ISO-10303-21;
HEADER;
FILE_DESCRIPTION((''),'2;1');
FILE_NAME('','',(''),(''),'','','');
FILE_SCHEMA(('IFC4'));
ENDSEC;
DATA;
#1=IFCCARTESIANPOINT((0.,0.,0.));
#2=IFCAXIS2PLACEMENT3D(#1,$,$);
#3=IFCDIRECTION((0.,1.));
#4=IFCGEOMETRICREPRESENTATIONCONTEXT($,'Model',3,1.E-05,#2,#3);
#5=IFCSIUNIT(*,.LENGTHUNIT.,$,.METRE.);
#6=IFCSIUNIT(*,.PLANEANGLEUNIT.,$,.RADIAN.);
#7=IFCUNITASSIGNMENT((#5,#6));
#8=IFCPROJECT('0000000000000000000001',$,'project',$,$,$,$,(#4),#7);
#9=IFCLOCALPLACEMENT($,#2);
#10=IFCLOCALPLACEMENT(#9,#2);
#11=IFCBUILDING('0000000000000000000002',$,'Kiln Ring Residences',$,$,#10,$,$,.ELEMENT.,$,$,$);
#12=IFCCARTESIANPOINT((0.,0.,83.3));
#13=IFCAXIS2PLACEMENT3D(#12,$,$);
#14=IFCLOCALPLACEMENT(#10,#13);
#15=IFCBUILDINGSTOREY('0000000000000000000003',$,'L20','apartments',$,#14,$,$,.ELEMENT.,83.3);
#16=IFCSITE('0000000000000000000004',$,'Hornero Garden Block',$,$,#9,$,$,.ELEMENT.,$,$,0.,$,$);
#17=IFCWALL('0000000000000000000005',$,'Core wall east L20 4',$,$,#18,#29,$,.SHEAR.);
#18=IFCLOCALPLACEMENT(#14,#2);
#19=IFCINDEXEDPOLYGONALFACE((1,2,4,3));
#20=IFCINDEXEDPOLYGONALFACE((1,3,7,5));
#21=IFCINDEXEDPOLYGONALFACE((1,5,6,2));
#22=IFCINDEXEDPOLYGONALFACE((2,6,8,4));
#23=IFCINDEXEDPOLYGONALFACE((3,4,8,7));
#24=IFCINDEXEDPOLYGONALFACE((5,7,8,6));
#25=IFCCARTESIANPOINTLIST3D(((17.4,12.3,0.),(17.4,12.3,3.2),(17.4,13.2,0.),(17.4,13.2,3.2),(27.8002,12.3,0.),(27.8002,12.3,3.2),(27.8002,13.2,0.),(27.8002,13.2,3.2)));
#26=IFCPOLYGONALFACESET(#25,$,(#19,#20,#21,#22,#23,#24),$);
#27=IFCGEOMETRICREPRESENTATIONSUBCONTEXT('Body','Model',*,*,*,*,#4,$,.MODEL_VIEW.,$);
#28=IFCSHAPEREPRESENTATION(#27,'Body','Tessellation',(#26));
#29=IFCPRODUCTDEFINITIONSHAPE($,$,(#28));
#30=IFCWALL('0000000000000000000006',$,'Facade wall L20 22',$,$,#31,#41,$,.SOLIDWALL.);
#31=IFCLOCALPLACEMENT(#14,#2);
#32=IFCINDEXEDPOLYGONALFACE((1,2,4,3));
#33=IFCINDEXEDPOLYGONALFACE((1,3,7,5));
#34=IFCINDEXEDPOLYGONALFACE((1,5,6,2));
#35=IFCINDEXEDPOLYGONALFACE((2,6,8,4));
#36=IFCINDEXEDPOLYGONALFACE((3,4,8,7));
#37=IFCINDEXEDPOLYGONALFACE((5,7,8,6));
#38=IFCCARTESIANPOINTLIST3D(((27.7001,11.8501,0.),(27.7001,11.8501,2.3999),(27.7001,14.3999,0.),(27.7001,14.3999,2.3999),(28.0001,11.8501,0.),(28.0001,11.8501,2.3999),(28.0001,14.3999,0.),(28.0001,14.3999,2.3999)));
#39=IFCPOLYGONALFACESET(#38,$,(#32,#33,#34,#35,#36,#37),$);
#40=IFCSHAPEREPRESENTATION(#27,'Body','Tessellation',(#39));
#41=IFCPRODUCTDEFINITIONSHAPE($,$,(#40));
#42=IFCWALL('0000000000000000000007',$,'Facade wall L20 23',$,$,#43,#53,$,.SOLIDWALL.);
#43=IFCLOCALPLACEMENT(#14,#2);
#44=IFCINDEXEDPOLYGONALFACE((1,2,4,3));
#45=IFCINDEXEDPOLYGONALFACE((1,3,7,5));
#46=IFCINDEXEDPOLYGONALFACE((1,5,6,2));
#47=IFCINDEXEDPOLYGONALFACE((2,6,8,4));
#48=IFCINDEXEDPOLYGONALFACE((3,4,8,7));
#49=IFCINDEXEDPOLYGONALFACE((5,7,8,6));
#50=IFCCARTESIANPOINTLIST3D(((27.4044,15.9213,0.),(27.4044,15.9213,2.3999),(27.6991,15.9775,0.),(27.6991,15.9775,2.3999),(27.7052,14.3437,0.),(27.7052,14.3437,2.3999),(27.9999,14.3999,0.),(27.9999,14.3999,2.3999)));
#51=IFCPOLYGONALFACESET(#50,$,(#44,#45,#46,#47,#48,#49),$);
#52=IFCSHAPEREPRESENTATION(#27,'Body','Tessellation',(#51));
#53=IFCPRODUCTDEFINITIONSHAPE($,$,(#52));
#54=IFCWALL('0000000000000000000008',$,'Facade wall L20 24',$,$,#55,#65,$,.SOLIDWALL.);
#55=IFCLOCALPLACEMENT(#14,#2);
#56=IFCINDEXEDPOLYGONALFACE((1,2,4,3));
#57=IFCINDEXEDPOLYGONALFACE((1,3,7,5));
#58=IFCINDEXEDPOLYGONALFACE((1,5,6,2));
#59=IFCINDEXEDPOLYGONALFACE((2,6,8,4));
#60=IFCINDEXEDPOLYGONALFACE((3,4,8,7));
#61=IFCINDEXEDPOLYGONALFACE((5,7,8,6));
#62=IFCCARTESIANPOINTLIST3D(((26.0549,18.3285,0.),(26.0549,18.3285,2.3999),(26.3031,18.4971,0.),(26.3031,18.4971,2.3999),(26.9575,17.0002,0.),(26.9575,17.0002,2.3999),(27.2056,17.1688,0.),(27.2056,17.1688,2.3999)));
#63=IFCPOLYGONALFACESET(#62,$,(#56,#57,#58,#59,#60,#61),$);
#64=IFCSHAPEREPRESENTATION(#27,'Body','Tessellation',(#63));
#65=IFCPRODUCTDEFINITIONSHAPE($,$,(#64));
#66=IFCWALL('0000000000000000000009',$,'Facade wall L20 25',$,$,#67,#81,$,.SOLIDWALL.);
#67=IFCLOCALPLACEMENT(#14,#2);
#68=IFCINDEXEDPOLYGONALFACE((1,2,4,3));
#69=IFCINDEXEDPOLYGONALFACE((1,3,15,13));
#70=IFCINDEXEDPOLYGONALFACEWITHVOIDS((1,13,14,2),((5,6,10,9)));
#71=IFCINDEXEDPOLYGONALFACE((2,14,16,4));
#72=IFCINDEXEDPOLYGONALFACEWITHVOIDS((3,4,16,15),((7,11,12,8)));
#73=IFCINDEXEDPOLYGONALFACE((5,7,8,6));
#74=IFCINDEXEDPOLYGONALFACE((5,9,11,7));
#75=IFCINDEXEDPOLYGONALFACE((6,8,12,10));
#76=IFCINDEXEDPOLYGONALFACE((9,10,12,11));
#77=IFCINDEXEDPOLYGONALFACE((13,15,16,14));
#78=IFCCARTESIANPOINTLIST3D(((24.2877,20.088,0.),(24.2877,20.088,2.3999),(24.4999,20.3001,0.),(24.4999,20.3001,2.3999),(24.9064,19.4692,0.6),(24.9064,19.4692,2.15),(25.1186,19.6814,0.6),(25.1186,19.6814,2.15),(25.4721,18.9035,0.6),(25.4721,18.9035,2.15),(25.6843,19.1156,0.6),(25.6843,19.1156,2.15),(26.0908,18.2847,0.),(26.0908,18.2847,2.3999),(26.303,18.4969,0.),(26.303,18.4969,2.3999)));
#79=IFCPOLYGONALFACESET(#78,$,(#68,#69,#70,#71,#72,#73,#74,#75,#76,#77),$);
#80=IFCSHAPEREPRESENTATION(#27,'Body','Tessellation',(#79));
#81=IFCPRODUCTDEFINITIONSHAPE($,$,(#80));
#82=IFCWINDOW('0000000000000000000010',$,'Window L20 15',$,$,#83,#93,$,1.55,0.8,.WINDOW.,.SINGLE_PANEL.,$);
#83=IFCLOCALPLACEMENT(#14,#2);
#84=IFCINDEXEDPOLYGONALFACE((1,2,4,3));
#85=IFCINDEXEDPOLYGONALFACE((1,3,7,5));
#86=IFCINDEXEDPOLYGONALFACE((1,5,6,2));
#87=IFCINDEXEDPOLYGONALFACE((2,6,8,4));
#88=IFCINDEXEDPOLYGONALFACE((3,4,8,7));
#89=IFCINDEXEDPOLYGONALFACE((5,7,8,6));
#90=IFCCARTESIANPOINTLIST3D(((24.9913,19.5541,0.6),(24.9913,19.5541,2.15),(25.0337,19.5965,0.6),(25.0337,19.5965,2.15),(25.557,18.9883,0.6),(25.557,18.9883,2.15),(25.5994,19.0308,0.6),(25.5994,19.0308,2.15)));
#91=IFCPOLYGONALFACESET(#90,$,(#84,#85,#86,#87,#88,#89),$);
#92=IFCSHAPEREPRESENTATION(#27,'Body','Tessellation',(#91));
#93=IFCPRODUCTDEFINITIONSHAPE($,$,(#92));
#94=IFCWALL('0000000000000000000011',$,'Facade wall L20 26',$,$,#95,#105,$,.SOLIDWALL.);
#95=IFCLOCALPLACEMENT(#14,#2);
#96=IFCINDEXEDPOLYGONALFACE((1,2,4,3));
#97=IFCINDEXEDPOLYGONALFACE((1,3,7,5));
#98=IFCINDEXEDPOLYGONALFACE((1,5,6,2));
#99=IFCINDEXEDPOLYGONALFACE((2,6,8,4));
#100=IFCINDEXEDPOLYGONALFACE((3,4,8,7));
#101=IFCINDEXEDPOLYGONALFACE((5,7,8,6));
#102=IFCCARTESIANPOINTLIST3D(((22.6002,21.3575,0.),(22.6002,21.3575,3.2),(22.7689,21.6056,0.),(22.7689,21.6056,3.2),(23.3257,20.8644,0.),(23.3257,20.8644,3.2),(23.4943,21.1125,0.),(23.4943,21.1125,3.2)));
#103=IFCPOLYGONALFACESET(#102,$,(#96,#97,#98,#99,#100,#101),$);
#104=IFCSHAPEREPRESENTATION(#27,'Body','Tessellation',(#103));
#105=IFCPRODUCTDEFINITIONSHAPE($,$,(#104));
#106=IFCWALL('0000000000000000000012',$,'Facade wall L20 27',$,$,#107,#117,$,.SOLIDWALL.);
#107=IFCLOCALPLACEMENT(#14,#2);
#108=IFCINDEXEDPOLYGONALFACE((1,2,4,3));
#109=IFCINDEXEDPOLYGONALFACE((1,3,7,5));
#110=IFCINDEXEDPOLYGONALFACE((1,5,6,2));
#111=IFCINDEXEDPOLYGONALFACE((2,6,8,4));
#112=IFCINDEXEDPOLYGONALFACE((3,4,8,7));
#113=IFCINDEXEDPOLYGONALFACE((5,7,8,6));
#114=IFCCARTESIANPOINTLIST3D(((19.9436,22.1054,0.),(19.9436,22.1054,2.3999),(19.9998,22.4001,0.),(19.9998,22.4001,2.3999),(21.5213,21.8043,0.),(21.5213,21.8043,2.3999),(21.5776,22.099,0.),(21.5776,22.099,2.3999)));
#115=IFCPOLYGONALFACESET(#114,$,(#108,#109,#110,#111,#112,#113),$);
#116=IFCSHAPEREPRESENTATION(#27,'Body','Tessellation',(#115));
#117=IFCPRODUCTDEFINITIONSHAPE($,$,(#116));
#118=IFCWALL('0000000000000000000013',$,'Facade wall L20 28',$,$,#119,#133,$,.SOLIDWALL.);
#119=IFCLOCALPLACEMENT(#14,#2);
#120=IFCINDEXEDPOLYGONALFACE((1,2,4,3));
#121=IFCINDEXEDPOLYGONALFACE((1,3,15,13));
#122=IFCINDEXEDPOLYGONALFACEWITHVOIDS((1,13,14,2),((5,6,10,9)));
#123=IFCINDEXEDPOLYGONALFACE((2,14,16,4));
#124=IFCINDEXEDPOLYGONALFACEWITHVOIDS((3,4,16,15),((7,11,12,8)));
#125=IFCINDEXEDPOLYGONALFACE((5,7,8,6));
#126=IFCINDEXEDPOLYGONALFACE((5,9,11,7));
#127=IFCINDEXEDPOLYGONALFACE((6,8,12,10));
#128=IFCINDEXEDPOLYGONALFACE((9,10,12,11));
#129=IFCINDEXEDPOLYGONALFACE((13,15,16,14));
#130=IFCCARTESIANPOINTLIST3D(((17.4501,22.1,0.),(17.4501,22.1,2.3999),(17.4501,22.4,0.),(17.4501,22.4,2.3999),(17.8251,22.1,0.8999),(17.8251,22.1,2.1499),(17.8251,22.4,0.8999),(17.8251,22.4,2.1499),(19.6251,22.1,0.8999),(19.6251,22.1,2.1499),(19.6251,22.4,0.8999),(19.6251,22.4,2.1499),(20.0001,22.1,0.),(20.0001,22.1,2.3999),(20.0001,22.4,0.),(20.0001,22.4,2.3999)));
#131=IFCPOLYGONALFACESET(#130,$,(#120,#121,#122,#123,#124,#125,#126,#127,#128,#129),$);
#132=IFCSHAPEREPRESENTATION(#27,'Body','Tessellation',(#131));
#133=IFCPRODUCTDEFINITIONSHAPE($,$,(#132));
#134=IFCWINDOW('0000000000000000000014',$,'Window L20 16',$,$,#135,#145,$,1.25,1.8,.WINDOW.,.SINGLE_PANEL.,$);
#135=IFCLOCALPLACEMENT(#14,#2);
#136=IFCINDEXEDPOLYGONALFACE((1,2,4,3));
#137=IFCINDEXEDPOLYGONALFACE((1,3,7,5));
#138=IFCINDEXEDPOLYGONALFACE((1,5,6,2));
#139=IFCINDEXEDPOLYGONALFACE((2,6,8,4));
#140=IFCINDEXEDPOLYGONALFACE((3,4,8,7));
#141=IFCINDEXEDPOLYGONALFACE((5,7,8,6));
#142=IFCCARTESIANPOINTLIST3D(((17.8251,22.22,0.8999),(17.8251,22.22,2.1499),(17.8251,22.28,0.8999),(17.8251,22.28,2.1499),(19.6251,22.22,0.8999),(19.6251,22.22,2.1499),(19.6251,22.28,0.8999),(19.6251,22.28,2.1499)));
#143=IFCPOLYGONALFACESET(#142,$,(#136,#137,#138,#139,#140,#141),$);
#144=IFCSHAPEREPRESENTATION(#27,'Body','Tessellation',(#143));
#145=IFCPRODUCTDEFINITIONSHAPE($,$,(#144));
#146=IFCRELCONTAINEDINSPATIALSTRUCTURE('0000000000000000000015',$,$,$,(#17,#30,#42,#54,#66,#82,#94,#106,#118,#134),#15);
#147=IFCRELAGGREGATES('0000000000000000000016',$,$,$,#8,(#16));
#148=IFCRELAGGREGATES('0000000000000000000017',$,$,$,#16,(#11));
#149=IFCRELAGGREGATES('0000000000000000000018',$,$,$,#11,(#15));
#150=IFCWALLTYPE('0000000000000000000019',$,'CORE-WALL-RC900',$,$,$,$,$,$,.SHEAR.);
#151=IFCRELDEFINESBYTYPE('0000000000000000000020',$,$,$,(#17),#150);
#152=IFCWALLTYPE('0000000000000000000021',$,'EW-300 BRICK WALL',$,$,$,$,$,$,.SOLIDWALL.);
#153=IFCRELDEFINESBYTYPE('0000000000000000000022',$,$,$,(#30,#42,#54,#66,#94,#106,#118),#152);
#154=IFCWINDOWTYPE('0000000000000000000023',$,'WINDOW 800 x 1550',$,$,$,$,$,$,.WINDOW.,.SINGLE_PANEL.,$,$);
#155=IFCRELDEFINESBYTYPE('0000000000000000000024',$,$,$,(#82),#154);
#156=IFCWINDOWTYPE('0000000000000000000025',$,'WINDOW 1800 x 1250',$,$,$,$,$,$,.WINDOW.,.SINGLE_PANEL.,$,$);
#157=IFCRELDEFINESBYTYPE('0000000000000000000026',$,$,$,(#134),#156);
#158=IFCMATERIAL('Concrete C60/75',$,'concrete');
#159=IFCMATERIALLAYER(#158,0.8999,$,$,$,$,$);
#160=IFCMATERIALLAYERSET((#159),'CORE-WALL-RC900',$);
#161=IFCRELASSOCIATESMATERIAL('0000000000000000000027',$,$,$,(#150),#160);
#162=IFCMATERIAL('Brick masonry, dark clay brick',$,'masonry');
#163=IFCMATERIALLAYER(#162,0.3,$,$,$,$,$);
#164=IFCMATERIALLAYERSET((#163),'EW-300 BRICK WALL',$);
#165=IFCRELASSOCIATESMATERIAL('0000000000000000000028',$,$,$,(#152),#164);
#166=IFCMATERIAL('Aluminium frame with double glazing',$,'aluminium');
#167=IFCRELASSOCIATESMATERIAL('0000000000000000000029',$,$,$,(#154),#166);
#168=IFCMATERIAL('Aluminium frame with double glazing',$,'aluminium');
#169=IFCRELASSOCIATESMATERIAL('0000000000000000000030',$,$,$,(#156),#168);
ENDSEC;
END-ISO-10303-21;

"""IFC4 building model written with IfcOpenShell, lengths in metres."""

from ifc_helpers import new_model, si_unit, direction, frame, frame_2d, origin, place, context, subcontext, project, spatial, rectangle, extrude, material, layer, layer_set, type_object, element, fill, save


model = new_model("IFC4")

# Units and contexts
model_context = context("Model", 3, precision=1e-05, world=origin(), true_north=direction((0.0, 1.0)))
body_context = subcontext(model_context, "Body", "Model", "MODEL_VIEW")
ifc_project = project(units=[si_unit("LENGTHUNIT", "METRE"), si_unit("PLANEANGLEUNIT", "RADIAN")], contexts=[model_context])

# Site, building, storey
site_placement = place(None, origin())
site = spatial("IfcSite", under=ifc_project, at=site_placement, Name="Hornero Garden Block", CompositionType="ELEMENT", RefElevation=0.0)
building_placement = place(site_placement, origin())
building = spatial("IfcBuilding", under=site, at=building_placement, Name="Kiln Ring Residences", CompositionType="ELEMENT")
storey_placement = place(building_placement, frame((0.0, 0.0, 83.3)))
storey = spatial("IfcBuildingStorey", under=building, at=storey_placement, Name="L20", Description="apartments", CompositionType="ELEMENT", Elevation=83.3)

# Walls
ifc_material_1 = material(Name="Concrete C60/75", Category="concrete")
ifc_layer_1 = layer(ifc_material_1, 0.8999)
ifc_layer_set_1 = layer_set([ifc_layer_1], Name="CORE-WALL-RC900")
wall_type_1 = type_object("IfcWallType", Name="CORE-WALL-RC900", PredefinedType="SHEAR", material=ifc_layer_set_1)
wall_1_placement = place(storey_placement, frame((17.3999, 12.75, 0.0), z_axis=(0.0, 0.0, 1.0), x_axis=(1.0, 0.0, 0.0)))
element("IfcWall", 1, at=wall_1_placement, inside=storey, type_object=wall_type_1, Name="Core wall east L20 4", PredefinedType="SHEAR", context=body_context, shape_type="SweptSolid", body=[
    extrude(rectangle(XDim=10.4001, YDim=0.8999, at=frame_2d((5.2002, 0.0))), origin(), (0.0, 0.0, 1.0), 3.2),
])
ifc_material_2 = material(Name="Brick masonry, dark clay brick", Category="masonry")
ifc_layer_2 = layer(ifc_material_2, 0.3)
ifc_layer_set_2 = layer_set([ifc_layer_2], Name="EW-300 BRICK WALL")
wall_type_2 = type_object("IfcWallType", Name="EW-300 BRICK WALL", PredefinedType="SOLIDWALL", material=ifc_layer_set_2)
wall_2_placement = place(storey_placement, frame((27.8501, 11.8501, 0.0), z_axis=(0.0, 0.0, 1.0), x_axis=(0.0, 1.0, 0.0)))
element("IfcWall", 2, at=wall_2_placement, inside=storey, type_object=wall_type_2, Name="Facade wall L20 22", PredefinedType="SOLIDWALL", context=body_context, shape_type="SweptSolid", body=[
    extrude(rectangle(XDim=2.5498, YDim=0.3, at=frame_2d((1.2749, 0.0))), origin(), (0.0, 0.0, 1.0), 2.3999),
])
for number, where, z_axis, x_axis, name in (
    (3, (27.8525, 14.3718, 0.0), (0.0, 0.0, 1.0), (-0.18728, 0.982307, 0.0), "Facade wall L20 23"),
    (4, (27.0815, 17.0845, 0.0), (0.0, 0.0, 1.0), (-0.562011, 0.82713, 0.0), "Facade wall L20 24"),
):
    element("IfcWall", number, at=place(storey_placement, frame(where, z_axis=z_axis, x_axis=x_axis)), inside=storey, type_object=wall_type_2, Name=name, PredefinedType="SOLIDWALL", context=body_context, shape_type="SweptSolid", body=[
        extrude(rectangle(XDim=1.606, YDim=0.3, at=frame_2d((0.803, 0.0))), origin(), (0.0, 0.0, 1.0), 2.3999),
    ])

# Wall, opening, window
wall_3_placement = place(storey_placement, frame((26.1968, 18.3909, 0.0), z_axis=(0.0, 0.0, 1.0), x_axis=(-0.707059, 0.707155, 0.0)))
wall_3 = element("IfcWall", 5, at=wall_3_placement, inside=storey, type_object=wall_type_2, Name="Facade wall L20 25", PredefinedType="SOLIDWALL", context=body_context, shape_type="SweptSolid", body=[
    extrude(rectangle(XDim=2.55, YDim=0.3, at=frame_2d((1.2749, 0.0))), origin(), (0.0, 0.0, 1.0), 2.3999),
])
opening_1_placement = place(wall_3_placement, frame((0.875, 0.0, 0.6001)))
opening_1 = element("IfcOpeningElement", 6, at=opening_1_placement, cuts=wall_3, PredefinedType="OPENING", context=body_context, shape_type="SweptSolid", body=[
    extrude(rectangle(XDim=0.8, YDim=1.55, at=frame_2d((0.3999, 0.7749))), frame((0.0, 0.1599, 0.0), z_axis=(0.0, -1.0, 0.0), x_axis=(1.0, 0.0, 0.0)), (0.0, 0.0, 1.0), 0.3201),
])
ifc_material_3 = material(Name="Aluminium frame with double glazing", Category="aluminium")
window_type_1 = type_object("IfcWindowType", Name="WINDOW 800 x 1550", PartitioningType="SINGLE_PANEL", PredefinedType="WINDOW", material=ifc_material_3)
window_1_placement = place(opening_1_placement, origin())
window_1 = element("IfcWindow", 7, at=window_1_placement, inside=storey, type_object=window_type_1, Name="Window L20 15", OverallHeight=1.55, OverallWidth=0.8, PartitioningType="SINGLE_PANEL", PredefinedType="WINDOW", context=body_context, shape_type="SweptSolid", body=[
    extrude(rectangle(XDim=0.8, YDim=1.55, at=frame_2d((0.3999, 0.7749))), frame((0.0, 0.03, 0.0), z_axis=(0.0, -1.0, 0.0), x_axis=(1.0, 0.0, 0.0)), (0.0, 0.0, 1.0), 0.0601),
])
fill(opening_1, window_1)

# Walls
wall_4_placement = place(storey_placement, frame((23.4099, 20.9885, 0.0), z_axis=(0.0, 0.0, 1.0), x_axis=(-0.827051, 0.562127, 0.0)))
element("IfcWall", 8, at=wall_4_placement, inside=storey, type_object=wall_type_2, Name="Facade wall L20 26", PredefinedType="SOLIDWALL", context=body_context, shape_type="SweptSolid", body=[
    extrude(rectangle(XDim=0.8772, YDim=0.3, at=frame_2d((0.4385, 0.0))), origin(), (0.0, 0.0, 1.0), 3.2),
])
wall_5_placement = place(storey_placement, frame((21.5496, 21.9517, 0.0), z_axis=(0.0, 0.0, 1.0), x_axis=(-0.982279, 0.187426, 0.0)))
element("IfcWall", 9, at=wall_5_placement, inside=storey, type_object=wall_type_2, Name="Facade wall L20 27", PredefinedType="SOLIDWALL", context=body_context, shape_type="SweptSolid", body=[
    extrude(rectangle(XDim=1.6062, YDim=0.3, at=frame_2d((0.8032, 0.0))), origin(), (0.0, 0.0, 1.0), 2.3999),
])

# Wall, opening, window
wall_6_placement = place(storey_placement, frame((20.0, 22.25, 0.0), z_axis=(0.0, 0.0, 1.0), x_axis=(-1.0, 0.0, 0.0)))
wall_6 = element("IfcWall", 10, at=wall_6_placement, inside=storey, type_object=wall_type_2, Name="Facade wall L20 28", PredefinedType="SOLIDWALL", context=body_context, shape_type="SweptSolid", body=[
    extrude(rectangle(XDim=2.55, YDim=0.3, at=frame_2d((1.2749, 0.0))), origin(), (0.0, 0.0, 1.0), 2.3999),
])
opening_2_placement = place(wall_6_placement, frame((0.375, 0.0, 0.8999)))
opening_2 = element("IfcOpeningElement", 11, at=opening_2_placement, cuts=wall_6, PredefinedType="OPENING", context=body_context, shape_type="SweptSolid", body=[
    extrude(rectangle(XDim=1.8, YDim=1.25, at=frame_2d((0.8999, 0.625))), frame((0.0, 0.1599, 0.0), z_axis=(0.0, -1.0, 0.0), x_axis=(1.0, 0.0, 0.0)), (0.0, 0.0, 1.0), 0.3201),
])
ifc_material_4 = material(Name="Aluminium frame with double glazing", Category="aluminium")
window_type_2 = type_object("IfcWindowType", Name="WINDOW 1800 x 1250", PartitioningType="SINGLE_PANEL", PredefinedType="WINDOW", material=ifc_material_4)
window_2_placement = place(opening_2_placement, origin())
window_2 = element("IfcWindow", 12, at=window_2_placement, inside=storey, type_object=window_type_2, Name="Window L20 16", OverallHeight=1.25, OverallWidth=1.8, PartitioningType="SINGLE_PANEL", PredefinedType="WINDOW", context=body_context, shape_type="SweptSolid", body=[
    extrude(rectangle(XDim=1.8, YDim=1.25, at=frame_2d((0.8999, 0.625))), frame((0.0, 0.03, 0.0), z_axis=(0.0, -1.0, 0.0), x_axis=(1.0, 0.0, 0.0)), (0.0, 0.0, 1.0), 0.0601),
])
fill(opening_2, window_2)

save(model, "model.ifc")
